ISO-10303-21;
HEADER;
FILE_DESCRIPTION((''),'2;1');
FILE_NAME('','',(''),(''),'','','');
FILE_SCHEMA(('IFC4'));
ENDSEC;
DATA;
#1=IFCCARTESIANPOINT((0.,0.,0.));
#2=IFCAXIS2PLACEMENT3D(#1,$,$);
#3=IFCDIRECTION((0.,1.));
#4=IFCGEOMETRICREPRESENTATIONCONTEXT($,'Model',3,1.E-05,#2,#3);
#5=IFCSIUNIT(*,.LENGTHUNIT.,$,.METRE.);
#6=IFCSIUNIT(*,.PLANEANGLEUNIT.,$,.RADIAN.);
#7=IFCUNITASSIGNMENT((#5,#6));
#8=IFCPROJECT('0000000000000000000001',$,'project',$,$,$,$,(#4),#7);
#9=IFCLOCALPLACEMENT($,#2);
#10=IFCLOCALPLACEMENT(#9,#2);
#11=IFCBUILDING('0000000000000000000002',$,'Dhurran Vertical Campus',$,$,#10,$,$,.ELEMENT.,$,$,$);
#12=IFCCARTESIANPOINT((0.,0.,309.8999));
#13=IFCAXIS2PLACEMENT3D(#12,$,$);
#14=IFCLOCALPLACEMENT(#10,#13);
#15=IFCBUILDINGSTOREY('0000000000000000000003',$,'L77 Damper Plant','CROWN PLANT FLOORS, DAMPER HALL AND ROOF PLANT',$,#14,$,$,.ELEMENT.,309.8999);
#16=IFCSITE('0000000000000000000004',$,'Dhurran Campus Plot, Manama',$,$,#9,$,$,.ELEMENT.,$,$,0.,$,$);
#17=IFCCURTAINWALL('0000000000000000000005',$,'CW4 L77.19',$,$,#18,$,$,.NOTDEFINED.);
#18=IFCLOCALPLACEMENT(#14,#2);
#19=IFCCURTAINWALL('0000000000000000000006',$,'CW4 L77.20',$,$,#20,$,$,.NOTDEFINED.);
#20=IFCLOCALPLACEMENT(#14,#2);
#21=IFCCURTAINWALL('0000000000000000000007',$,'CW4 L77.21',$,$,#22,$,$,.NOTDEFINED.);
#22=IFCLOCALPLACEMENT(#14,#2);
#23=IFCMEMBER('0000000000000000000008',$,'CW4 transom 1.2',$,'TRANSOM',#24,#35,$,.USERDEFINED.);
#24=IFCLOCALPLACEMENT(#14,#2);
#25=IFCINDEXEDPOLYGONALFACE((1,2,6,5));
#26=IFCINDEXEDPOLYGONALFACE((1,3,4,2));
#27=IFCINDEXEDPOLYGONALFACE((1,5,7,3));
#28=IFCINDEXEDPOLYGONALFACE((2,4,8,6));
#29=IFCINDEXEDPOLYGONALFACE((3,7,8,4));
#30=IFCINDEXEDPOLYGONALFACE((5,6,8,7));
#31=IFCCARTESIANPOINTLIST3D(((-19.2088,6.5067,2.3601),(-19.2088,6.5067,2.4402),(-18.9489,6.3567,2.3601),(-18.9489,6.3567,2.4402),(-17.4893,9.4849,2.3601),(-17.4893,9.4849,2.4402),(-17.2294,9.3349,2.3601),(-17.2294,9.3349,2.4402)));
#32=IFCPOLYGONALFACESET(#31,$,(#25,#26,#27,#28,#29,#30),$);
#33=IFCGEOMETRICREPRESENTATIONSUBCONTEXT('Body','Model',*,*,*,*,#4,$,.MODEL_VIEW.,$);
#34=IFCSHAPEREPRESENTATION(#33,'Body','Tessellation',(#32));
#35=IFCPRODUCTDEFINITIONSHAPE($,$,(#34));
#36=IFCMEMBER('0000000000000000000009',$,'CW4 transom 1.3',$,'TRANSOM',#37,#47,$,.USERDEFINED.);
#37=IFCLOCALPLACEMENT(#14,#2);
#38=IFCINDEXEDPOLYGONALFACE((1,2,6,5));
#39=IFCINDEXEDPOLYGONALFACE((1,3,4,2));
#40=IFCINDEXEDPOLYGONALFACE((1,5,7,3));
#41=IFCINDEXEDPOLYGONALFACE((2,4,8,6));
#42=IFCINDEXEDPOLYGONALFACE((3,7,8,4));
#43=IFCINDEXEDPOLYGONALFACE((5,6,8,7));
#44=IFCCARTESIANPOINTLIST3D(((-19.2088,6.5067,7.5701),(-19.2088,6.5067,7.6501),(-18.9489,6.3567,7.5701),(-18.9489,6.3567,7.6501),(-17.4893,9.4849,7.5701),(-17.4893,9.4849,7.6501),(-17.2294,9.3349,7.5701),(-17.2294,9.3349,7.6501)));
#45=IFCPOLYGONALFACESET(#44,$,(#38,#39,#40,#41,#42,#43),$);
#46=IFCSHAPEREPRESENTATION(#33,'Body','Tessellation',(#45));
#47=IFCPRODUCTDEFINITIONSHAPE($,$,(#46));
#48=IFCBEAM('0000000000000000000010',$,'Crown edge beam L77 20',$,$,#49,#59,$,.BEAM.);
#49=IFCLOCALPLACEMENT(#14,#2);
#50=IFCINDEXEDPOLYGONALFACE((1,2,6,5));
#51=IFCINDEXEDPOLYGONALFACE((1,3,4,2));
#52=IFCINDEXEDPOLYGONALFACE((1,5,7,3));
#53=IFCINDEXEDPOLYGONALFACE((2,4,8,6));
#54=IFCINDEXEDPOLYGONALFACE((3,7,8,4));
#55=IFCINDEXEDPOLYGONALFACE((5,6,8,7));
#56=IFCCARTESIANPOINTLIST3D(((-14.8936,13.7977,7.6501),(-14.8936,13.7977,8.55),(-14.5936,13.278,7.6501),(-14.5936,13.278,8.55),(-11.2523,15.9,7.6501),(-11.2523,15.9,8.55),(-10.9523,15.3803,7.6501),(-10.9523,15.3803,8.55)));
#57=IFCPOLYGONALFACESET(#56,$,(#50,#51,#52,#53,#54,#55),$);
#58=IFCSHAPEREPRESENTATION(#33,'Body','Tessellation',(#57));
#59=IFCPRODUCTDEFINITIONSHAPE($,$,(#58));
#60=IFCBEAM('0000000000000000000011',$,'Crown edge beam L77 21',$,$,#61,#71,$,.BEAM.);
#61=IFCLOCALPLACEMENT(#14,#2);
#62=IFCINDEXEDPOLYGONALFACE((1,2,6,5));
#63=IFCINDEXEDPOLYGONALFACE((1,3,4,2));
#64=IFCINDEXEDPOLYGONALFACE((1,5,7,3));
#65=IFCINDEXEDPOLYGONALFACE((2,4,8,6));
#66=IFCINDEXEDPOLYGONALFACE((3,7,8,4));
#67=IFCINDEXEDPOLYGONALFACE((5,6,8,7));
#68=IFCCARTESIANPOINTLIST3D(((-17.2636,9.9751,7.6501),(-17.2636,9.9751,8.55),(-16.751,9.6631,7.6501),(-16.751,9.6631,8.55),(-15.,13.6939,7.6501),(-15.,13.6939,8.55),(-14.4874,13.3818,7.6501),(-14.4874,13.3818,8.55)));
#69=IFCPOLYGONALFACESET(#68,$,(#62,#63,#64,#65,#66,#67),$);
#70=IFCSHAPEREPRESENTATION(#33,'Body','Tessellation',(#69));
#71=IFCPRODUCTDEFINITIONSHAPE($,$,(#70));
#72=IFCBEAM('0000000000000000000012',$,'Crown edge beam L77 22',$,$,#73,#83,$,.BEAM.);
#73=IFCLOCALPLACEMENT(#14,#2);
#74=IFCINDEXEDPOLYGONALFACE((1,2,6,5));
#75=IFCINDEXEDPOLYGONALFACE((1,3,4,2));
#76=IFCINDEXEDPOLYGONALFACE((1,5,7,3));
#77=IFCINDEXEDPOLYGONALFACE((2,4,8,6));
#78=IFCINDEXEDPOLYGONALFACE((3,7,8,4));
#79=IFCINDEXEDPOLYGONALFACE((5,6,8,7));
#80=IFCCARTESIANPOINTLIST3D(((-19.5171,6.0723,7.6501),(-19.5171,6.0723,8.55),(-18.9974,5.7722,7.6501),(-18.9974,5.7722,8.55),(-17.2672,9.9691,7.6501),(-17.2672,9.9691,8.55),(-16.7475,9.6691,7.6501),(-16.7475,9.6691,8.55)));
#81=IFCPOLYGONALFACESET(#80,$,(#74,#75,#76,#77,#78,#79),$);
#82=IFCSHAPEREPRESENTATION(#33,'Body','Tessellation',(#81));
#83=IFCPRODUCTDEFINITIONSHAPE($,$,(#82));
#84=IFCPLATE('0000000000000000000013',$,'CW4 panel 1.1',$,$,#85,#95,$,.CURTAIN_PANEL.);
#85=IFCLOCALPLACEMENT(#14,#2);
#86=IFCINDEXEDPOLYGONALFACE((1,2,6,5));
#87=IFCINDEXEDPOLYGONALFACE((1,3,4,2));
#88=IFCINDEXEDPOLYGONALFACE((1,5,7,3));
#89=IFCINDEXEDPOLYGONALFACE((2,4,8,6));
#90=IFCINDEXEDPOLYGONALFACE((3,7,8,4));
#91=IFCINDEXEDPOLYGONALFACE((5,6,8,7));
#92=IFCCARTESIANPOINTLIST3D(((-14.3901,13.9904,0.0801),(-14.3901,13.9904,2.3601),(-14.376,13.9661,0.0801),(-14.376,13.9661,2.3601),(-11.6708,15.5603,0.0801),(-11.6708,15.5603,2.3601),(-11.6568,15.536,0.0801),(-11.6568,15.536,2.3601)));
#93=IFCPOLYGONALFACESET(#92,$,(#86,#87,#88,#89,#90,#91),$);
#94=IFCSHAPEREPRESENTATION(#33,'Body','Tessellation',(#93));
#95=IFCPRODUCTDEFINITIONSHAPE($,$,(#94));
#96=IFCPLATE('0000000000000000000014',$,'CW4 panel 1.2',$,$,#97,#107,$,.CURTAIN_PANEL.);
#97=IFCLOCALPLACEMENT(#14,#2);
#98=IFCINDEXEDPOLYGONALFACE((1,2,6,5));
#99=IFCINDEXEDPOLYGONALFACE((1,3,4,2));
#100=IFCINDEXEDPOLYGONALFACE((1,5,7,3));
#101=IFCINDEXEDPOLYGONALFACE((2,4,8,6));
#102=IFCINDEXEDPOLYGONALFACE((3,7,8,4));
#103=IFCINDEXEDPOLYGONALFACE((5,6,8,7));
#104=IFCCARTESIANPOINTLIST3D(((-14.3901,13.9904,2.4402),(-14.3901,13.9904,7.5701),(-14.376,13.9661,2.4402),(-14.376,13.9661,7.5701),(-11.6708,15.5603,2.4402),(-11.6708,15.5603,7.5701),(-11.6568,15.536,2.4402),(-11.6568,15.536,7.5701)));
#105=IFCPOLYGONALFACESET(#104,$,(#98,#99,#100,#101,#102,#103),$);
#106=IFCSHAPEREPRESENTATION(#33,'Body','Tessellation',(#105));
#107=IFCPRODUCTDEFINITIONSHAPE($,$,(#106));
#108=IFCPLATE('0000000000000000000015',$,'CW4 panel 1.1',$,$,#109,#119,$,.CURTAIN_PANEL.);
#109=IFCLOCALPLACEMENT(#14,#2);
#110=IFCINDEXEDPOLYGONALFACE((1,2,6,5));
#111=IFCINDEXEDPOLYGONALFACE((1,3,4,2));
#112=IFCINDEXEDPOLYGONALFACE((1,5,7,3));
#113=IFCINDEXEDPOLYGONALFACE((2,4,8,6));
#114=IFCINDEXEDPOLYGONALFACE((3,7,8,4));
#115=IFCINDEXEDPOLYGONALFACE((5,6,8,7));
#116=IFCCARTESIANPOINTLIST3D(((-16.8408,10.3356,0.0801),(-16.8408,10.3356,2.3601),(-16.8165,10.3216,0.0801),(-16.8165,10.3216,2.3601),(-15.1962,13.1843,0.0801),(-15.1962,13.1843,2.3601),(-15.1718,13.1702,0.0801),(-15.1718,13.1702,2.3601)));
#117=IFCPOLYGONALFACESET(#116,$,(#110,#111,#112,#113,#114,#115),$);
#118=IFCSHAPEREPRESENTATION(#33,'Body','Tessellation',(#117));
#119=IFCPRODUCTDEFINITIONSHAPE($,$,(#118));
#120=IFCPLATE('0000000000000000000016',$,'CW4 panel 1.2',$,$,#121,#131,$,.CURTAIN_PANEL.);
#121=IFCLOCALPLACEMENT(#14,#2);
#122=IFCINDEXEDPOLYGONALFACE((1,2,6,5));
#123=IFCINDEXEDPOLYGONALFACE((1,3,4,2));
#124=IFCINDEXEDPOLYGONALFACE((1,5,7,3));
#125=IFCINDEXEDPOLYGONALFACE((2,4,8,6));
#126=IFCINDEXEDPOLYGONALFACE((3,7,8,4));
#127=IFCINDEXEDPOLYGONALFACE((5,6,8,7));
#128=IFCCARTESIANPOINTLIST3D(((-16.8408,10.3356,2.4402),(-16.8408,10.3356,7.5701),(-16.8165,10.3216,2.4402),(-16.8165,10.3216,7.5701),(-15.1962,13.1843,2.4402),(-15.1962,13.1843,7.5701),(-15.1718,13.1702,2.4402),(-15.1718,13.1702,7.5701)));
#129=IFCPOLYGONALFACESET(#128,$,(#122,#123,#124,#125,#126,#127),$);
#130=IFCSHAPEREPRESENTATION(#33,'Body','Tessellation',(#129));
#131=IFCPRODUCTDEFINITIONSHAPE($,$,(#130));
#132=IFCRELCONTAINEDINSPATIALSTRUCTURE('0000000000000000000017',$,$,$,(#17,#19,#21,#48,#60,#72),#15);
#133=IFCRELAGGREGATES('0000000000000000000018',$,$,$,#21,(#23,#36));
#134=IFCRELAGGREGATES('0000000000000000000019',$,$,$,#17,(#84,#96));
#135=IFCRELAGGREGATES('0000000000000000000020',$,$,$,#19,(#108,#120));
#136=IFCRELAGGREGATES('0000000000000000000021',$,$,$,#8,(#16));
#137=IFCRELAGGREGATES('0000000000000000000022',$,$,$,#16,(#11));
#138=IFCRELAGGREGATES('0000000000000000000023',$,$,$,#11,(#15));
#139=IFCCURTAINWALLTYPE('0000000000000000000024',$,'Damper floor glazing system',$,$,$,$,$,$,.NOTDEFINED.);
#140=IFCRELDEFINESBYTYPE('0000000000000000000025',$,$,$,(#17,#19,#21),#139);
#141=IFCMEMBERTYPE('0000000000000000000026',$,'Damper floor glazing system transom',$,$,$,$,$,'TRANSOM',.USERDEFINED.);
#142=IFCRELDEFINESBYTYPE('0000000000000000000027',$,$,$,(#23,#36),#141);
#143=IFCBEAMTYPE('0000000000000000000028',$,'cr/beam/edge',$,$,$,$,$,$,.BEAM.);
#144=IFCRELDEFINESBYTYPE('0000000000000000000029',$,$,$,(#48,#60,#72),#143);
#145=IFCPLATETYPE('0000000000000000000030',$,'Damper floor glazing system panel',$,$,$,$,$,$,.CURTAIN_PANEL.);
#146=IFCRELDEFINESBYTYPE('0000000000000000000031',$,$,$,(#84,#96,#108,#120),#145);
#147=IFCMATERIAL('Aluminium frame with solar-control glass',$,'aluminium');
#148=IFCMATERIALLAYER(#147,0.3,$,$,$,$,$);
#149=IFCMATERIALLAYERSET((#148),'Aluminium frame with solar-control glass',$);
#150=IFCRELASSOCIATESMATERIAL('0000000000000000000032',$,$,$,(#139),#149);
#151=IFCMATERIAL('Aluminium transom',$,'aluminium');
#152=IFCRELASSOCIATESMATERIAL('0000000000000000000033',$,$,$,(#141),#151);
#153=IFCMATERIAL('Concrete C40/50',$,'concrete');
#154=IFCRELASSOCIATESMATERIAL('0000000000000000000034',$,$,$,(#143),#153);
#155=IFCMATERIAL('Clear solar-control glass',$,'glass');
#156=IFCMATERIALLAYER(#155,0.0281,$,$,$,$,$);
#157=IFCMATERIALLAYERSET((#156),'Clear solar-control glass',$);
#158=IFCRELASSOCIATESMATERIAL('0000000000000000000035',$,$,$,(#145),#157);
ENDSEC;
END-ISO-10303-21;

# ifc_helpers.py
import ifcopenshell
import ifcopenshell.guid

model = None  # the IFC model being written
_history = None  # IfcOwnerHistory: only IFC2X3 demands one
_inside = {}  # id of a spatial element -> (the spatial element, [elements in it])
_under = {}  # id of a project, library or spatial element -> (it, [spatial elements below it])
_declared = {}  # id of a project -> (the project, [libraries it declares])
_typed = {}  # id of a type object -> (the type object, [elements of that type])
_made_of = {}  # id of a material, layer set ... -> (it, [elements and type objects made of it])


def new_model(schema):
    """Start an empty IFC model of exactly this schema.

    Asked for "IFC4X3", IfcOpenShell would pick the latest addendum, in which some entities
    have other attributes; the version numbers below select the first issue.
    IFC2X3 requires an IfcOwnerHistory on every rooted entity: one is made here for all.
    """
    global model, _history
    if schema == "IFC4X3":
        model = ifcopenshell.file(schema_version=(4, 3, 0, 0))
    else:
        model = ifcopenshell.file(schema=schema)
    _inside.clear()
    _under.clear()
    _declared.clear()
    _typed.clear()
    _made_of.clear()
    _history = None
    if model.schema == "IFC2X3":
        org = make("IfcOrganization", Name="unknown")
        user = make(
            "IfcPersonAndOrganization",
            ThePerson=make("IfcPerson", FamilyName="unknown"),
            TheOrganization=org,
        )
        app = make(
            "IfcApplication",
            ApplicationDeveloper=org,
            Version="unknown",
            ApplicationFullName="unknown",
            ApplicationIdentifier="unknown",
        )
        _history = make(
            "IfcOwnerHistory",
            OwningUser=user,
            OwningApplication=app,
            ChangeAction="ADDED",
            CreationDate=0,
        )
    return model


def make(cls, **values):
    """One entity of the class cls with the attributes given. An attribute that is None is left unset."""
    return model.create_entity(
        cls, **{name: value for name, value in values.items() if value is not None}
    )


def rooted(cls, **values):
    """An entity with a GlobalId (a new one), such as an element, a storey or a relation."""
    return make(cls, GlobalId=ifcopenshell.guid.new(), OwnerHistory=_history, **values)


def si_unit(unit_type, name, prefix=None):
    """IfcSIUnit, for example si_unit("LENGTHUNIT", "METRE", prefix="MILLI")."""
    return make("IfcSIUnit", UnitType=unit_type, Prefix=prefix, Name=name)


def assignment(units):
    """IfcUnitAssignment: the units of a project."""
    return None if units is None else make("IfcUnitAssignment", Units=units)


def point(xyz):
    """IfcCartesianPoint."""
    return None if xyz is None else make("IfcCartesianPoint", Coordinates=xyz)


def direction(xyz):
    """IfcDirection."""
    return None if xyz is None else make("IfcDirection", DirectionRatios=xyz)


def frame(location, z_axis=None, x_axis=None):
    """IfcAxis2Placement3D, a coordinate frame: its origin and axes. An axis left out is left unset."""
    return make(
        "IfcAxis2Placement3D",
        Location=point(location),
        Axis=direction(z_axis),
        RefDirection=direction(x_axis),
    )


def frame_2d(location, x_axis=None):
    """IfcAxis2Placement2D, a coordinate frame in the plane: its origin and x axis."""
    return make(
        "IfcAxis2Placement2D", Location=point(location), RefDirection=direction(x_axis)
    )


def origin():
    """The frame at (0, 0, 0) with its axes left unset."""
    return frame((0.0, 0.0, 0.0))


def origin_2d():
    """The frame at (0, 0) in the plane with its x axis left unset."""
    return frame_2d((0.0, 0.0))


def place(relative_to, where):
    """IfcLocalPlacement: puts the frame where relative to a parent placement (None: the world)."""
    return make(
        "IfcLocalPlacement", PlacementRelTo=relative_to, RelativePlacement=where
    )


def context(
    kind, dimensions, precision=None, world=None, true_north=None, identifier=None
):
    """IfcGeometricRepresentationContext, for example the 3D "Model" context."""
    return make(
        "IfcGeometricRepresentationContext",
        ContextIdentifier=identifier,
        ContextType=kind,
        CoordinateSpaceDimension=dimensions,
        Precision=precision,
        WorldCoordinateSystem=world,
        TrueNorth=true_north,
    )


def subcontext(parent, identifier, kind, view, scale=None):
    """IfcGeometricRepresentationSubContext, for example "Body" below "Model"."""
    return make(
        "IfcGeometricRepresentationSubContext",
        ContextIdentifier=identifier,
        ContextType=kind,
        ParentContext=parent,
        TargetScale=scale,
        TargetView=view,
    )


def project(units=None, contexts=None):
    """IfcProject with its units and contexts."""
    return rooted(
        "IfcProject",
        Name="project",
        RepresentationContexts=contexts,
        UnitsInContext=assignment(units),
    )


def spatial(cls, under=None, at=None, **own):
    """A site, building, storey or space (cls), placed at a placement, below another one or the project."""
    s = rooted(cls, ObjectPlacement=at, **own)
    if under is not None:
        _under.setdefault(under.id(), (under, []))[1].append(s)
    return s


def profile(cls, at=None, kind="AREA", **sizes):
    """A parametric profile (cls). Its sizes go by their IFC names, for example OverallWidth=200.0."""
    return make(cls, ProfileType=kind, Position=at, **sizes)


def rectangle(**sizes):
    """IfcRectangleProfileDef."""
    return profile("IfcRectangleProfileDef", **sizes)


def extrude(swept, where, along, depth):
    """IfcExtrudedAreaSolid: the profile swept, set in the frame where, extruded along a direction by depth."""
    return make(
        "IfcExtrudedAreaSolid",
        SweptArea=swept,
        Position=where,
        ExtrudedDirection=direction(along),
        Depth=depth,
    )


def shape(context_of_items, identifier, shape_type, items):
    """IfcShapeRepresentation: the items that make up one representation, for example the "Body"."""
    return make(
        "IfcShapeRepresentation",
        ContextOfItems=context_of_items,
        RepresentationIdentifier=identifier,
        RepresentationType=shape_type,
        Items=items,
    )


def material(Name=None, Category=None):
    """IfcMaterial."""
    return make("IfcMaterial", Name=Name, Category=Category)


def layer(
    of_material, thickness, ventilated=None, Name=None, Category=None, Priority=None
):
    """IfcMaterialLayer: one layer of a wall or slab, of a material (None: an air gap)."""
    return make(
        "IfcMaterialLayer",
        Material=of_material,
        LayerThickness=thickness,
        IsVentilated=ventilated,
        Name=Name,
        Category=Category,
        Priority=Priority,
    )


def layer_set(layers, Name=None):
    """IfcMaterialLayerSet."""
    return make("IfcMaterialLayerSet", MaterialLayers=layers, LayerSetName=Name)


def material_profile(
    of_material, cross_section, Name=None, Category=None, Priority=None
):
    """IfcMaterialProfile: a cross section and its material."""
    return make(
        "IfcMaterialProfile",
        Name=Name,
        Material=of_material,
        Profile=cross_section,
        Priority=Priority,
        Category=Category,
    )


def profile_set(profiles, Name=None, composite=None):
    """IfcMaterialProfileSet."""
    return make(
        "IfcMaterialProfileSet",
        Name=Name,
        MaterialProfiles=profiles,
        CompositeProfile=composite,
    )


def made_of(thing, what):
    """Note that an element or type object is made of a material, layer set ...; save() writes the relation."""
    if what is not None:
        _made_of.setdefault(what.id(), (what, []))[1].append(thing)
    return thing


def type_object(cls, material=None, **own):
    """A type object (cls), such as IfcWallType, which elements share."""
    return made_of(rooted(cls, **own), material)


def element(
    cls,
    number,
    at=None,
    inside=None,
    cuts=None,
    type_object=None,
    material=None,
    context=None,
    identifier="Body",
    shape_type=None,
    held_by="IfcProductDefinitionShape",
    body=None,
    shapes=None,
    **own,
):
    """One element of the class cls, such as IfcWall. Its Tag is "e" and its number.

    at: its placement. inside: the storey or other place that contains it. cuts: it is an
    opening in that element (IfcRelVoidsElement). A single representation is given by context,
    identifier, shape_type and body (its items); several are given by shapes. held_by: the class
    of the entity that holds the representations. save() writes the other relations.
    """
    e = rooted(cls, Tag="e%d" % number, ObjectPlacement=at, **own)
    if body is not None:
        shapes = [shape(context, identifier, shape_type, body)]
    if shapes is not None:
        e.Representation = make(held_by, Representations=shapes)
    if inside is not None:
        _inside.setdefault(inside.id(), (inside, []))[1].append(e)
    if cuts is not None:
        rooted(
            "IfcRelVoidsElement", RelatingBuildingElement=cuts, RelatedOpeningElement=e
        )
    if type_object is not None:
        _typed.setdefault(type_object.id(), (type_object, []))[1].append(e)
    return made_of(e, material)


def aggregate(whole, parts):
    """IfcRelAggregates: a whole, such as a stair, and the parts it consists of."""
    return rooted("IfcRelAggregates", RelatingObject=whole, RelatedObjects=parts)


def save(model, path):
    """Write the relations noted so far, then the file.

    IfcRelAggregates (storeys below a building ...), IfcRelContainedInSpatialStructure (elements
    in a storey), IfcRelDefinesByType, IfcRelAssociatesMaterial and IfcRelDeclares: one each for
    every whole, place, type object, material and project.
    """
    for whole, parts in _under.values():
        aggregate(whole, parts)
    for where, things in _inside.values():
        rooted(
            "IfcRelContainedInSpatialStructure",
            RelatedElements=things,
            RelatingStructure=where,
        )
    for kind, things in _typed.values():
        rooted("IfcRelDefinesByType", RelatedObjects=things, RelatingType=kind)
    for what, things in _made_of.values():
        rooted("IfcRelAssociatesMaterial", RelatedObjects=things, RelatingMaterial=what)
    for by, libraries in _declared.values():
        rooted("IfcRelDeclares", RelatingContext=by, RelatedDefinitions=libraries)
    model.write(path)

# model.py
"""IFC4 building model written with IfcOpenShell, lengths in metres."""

from ifc_helpers import new_model, si_unit, direction, frame, origin, origin_2d, place, context, subcontext, project, spatial, rectangle, extrude, material, layer, layer_set, material_profile, profile_set, type_object, element, aggregate, save


model = new_model("IFC4")

# Units and contexts
model_context = context("Model", 3, precision=1e-05, world=origin(), true_north=direction((0.0, 1.0)))
body_context = subcontext(model_context, "Body", "Model", "MODEL_VIEW")
ifc_project = project(units=[si_unit("LENGTHUNIT", "METRE"), si_unit("PLANEANGLEUNIT", "RADIAN")], contexts=[model_context])

# Site, building, storey
site_placement = place(None, origin())
site = spatial("IfcSite", under=ifc_project, at=site_placement, Name="Dhurran Campus Plot, Manama", CompositionType="ELEMENT", RefElevation=0.0)
building_placement = place(site_placement, origin())
building = spatial("IfcBuilding", under=site, at=building_placement, Name="Dhurran Vertical Campus", CompositionType="ELEMENT")
storey_placement = place(building_placement, frame((0.0, 0.0, 309.8999)))
storey = spatial("IfcBuildingStorey", under=building, at=storey_placement, Name="L77 Damper Plant", Description="CROWN PLANT FLOORS, DAMPER HALL AND ROOF PLANT", CompositionType="ELEMENT", Elevation=309.8999)

# Curtain walls
ifc_material_1 = material(Name="Aluminium frame with solar-control glass", Category="aluminium")
ifc_layer_1 = layer(ifc_material_1, 0.3)
ifc_layer_set_1 = layer_set([ifc_layer_1], Name="Aluminium frame with solar-control glass")
curtain_wall_type = type_object("IfcCurtainWallType", Name="Damper floor glazing system", PredefinedType="NOTDEFINED", material=ifc_layer_set_1)
curtain_wall_1_placement = place(storey_placement, origin())
curtain_wall_1 = element("IfcCurtainWall", 1, at=curtain_wall_1_placement, inside=storey, type_object=curtain_wall_type, Name="CW4 L77.19", PredefinedType="NOTDEFINED")
curtain_wall_2_placement = place(storey_placement, origin())
curtain_wall_2 = element("IfcCurtainWall", 2, at=curtain_wall_2_placement, inside=storey, type_object=curtain_wall_type, Name="CW4 L77.20", PredefinedType="NOTDEFINED")

# Curtain wall
curtain_wall_3_placement = place(storey_placement, origin())
curtain_wall_3 = element("IfcCurtainWall", 3, at=curtain_wall_3_placement, inside=storey, type_object=curtain_wall_type, Name="CW4 L77.21", PredefinedType="NOTDEFINED")

# Members
ifc_material_2 = material(Name="Aluminium transom", Category="aluminium")
ifc_material_profile_1 = material_profile(ifc_material_2, rectangle(XDim=0.3, YDim=0.0801, at=origin_2d()), Name="Damper floor glazing system transom")
ifc_profile_set_1 = profile_set([ifc_material_profile_1], Name="Aluminium transom")
member_type_1 = type_object("IfcMemberType", Name="Damper floor glazing system transom", ElementType="TRANSOM", PredefinedType="USERDEFINED", material=ifc_profile_set_1)
member_1_placement = place(storey_placement, frame((-17.3594, 9.4099, 2.4001), z_axis=(-0.499995, -0.866028, 0.0), x_axis=(0.866028, -0.499995, 0.0)))
member_1 = element("IfcMember", 4, at=member_1_placement, type_object=member_type_1, Name="CW4 transom 1.2", ObjectType="TRANSOM", PredefinedType="USERDEFINED", context=body_context, shape_type="SweptSolid", body=[
    extrude(rectangle(XDim=0.3, YDim=0.0801, at=origin_2d()), origin(), (0.0, 0.0, 1.0), 3.439),
])
member_2_placement = place(storey_placement, frame((-17.3594, 9.4099, 7.6101), z_axis=(-0.499995, -0.866028, 0.0), x_axis=(0.866028, -0.499995, 0.0)))
member_2 = element("IfcMember", 5, at=member_2_placement, type_object=member_type_1, Name="CW4 transom 1.3", ObjectType="TRANSOM", PredefinedType="USERDEFINED", context=body_context, shape_type="SweptSolid", body=[
    extrude(rectangle(XDim=0.3, YDim=0.0801, at=origin_2d()), origin(), (0.0, 0.0, 1.0), 3.439),
])
aggregate(curtain_wall_3, [member_1, member_2])

# Beams
ifc_material_3 = material(Name="Concrete C40/50", Category="concrete")
ifc_material_profile_2 = material_profile(ifc_material_3, rectangle(XDim=0.6001, YDim=0.8999, at=origin_2d()), Name="cr/beam/edge")
ifc_profile_set_2 = profile_set([ifc_material_profile_2], Name="Concrete C40/50")
beam_type = type_object("IfcBeamType", Name="cr/beam/edge", PredefinedType="BEAM", material=ifc_profile_set_2)
beam_1_placement = place(storey_placement, frame((-11.1023, 15.6401, 8.1001), z_axis=(-0.86603, -0.499992, 0.0), x_axis=(0.499992, -0.86603, 0.0)))
element("IfcBeam", 6, at=beam_1_placement, inside=storey, type_object=beam_type, Name="Crown edge beam L77 20", PredefinedType="BEAM", context=body_context, shape_type="SweptSolid", body=[
    extrude(rectangle(XDim=0.6001, YDim=0.8999, at=origin_2d()), origin(), (0.0, 0.0, 1.0), 4.2046),
])
beam_2_placement = place(storey_placement, frame((-14.7437, 13.5378, 8.1001), z_axis=(-0.519961, -0.85419, 0.0), x_axis=(0.85419, -0.519961, 0.0)))
element("IfcBeam", 7, at=beam_2_placement, inside=storey, type_object=beam_type, Name="Crown edge beam L77 21", PredefinedType="BEAM", context=body_context, shape_type="SweptSolid", body=[
    extrude(rectangle(XDim=0.6001, YDim=0.8999, at=origin_2d()), origin(), (0.0, 0.0, 1.0), 4.3535),
])
beam_3_placement = place(storey_placement, frame((-17.0073, 9.8191, 8.1001), z_axis=(-0.500014, -0.866018, 0.0), x_axis=(0.866018, -0.500014, 0.0)))
element("IfcBeam", 8, at=beam_3_placement, inside=storey, type_object=beam_type, Name="Crown edge beam L77 22", PredefinedType="BEAM", context=body_context, shape_type="SweptSolid", body=[
    extrude(rectangle(XDim=0.6001, YDim=0.8999, at=origin_2d()), origin(), (0.0, 0.0, 1.0), 4.4998),
])

# Plates
ifc_material_4 = material(Name="Clear solar-control glass", Category="glass")
ifc_layer_2 = layer(ifc_material_4, 0.0281)
ifc_layer_set_2 = layer_set([ifc_layer_2], Name="Clear solar-control glass")
plate_type = type_object("IfcPlateType", Name="Damper floor glazing system panel", PredefinedType="CURTAIN_PANEL", material=ifc_layer_set_2)
plate_1_placement = place(storey_placement, frame((-13.0234, 14.7632, 0.0801), z_axis=(0.0, 0.0, 1.0), x_axis=(-0.866025, -0.500001, 0.0)))
plate_1 = element("IfcPlate", 9, at=plate_1_placement, type_object=plate_type, Name="CW4 panel 1.1", PredefinedType="CURTAIN_PANEL", context=body_context, shape_type="SweptSolid", body=[
    extrude(rectangle(XDim=3.1399, YDim=0.0281, at=origin_2d()), origin(), (0.0, 0.0, 1.0), 2.28),
])
plate_2_placement = place(storey_placement, frame((-13.0234, 14.7632, 2.4402), z_axis=(0.0, 0.0, 1.0), x_axis=(-0.866025, -0.500001, 0.0)))
plate_2 = element("IfcPlate", 10, at=plate_2_placement, type_object=plate_type, Name="CW4 panel 1.2", PredefinedType="CURTAIN_PANEL", context=body_context, shape_type="SweptSolid", body=[
    extrude(rectangle(XDim=3.1399, YDim=0.0281, at=origin_2d()), origin(), (0.0, 0.0, 1.0), 5.1299),
])
aggregate(curtain_wall_1, [plate_1, plate_2])
plate_3_placement = place(storey_placement, frame((-16.0063, 11.7529, 0.0801), z_axis=(0.0, 0.0, 1.0), x_axis=(-0.500009, -0.86602, 0.0)))
plate_3 = element("IfcPlate", 11, at=plate_3_placement, type_object=plate_type, Name="CW4 panel 1.1", PredefinedType="CURTAIN_PANEL", context=body_context, shape_type="SweptSolid", body=[
    extrude(rectangle(XDim=3.2893, YDim=0.0281, at=origin_2d()), origin(), (0.0, 0.0, 1.0), 2.28),
])
plate_4_placement = place(storey_placement, frame((-16.0063, 11.7529, 2.4402), z_axis=(0.0, 0.0, 1.0), x_axis=(-0.500009, -0.86602, 0.0)))
plate_4 = element("IfcPlate", 12, at=plate_4_placement, type_object=plate_type, Name="CW4 panel 1.2", PredefinedType="CURTAIN_PANEL", context=body_context, shape_type="SweptSolid", body=[
    extrude(rectangle(XDim=3.2893, YDim=0.0281, at=origin_2d()), origin(), (0.0, 0.0, 1.0), 5.1299),
])
aggregate(curtain_wall_2, [plate_3, plate_4])

save(model, "model.ifc")
